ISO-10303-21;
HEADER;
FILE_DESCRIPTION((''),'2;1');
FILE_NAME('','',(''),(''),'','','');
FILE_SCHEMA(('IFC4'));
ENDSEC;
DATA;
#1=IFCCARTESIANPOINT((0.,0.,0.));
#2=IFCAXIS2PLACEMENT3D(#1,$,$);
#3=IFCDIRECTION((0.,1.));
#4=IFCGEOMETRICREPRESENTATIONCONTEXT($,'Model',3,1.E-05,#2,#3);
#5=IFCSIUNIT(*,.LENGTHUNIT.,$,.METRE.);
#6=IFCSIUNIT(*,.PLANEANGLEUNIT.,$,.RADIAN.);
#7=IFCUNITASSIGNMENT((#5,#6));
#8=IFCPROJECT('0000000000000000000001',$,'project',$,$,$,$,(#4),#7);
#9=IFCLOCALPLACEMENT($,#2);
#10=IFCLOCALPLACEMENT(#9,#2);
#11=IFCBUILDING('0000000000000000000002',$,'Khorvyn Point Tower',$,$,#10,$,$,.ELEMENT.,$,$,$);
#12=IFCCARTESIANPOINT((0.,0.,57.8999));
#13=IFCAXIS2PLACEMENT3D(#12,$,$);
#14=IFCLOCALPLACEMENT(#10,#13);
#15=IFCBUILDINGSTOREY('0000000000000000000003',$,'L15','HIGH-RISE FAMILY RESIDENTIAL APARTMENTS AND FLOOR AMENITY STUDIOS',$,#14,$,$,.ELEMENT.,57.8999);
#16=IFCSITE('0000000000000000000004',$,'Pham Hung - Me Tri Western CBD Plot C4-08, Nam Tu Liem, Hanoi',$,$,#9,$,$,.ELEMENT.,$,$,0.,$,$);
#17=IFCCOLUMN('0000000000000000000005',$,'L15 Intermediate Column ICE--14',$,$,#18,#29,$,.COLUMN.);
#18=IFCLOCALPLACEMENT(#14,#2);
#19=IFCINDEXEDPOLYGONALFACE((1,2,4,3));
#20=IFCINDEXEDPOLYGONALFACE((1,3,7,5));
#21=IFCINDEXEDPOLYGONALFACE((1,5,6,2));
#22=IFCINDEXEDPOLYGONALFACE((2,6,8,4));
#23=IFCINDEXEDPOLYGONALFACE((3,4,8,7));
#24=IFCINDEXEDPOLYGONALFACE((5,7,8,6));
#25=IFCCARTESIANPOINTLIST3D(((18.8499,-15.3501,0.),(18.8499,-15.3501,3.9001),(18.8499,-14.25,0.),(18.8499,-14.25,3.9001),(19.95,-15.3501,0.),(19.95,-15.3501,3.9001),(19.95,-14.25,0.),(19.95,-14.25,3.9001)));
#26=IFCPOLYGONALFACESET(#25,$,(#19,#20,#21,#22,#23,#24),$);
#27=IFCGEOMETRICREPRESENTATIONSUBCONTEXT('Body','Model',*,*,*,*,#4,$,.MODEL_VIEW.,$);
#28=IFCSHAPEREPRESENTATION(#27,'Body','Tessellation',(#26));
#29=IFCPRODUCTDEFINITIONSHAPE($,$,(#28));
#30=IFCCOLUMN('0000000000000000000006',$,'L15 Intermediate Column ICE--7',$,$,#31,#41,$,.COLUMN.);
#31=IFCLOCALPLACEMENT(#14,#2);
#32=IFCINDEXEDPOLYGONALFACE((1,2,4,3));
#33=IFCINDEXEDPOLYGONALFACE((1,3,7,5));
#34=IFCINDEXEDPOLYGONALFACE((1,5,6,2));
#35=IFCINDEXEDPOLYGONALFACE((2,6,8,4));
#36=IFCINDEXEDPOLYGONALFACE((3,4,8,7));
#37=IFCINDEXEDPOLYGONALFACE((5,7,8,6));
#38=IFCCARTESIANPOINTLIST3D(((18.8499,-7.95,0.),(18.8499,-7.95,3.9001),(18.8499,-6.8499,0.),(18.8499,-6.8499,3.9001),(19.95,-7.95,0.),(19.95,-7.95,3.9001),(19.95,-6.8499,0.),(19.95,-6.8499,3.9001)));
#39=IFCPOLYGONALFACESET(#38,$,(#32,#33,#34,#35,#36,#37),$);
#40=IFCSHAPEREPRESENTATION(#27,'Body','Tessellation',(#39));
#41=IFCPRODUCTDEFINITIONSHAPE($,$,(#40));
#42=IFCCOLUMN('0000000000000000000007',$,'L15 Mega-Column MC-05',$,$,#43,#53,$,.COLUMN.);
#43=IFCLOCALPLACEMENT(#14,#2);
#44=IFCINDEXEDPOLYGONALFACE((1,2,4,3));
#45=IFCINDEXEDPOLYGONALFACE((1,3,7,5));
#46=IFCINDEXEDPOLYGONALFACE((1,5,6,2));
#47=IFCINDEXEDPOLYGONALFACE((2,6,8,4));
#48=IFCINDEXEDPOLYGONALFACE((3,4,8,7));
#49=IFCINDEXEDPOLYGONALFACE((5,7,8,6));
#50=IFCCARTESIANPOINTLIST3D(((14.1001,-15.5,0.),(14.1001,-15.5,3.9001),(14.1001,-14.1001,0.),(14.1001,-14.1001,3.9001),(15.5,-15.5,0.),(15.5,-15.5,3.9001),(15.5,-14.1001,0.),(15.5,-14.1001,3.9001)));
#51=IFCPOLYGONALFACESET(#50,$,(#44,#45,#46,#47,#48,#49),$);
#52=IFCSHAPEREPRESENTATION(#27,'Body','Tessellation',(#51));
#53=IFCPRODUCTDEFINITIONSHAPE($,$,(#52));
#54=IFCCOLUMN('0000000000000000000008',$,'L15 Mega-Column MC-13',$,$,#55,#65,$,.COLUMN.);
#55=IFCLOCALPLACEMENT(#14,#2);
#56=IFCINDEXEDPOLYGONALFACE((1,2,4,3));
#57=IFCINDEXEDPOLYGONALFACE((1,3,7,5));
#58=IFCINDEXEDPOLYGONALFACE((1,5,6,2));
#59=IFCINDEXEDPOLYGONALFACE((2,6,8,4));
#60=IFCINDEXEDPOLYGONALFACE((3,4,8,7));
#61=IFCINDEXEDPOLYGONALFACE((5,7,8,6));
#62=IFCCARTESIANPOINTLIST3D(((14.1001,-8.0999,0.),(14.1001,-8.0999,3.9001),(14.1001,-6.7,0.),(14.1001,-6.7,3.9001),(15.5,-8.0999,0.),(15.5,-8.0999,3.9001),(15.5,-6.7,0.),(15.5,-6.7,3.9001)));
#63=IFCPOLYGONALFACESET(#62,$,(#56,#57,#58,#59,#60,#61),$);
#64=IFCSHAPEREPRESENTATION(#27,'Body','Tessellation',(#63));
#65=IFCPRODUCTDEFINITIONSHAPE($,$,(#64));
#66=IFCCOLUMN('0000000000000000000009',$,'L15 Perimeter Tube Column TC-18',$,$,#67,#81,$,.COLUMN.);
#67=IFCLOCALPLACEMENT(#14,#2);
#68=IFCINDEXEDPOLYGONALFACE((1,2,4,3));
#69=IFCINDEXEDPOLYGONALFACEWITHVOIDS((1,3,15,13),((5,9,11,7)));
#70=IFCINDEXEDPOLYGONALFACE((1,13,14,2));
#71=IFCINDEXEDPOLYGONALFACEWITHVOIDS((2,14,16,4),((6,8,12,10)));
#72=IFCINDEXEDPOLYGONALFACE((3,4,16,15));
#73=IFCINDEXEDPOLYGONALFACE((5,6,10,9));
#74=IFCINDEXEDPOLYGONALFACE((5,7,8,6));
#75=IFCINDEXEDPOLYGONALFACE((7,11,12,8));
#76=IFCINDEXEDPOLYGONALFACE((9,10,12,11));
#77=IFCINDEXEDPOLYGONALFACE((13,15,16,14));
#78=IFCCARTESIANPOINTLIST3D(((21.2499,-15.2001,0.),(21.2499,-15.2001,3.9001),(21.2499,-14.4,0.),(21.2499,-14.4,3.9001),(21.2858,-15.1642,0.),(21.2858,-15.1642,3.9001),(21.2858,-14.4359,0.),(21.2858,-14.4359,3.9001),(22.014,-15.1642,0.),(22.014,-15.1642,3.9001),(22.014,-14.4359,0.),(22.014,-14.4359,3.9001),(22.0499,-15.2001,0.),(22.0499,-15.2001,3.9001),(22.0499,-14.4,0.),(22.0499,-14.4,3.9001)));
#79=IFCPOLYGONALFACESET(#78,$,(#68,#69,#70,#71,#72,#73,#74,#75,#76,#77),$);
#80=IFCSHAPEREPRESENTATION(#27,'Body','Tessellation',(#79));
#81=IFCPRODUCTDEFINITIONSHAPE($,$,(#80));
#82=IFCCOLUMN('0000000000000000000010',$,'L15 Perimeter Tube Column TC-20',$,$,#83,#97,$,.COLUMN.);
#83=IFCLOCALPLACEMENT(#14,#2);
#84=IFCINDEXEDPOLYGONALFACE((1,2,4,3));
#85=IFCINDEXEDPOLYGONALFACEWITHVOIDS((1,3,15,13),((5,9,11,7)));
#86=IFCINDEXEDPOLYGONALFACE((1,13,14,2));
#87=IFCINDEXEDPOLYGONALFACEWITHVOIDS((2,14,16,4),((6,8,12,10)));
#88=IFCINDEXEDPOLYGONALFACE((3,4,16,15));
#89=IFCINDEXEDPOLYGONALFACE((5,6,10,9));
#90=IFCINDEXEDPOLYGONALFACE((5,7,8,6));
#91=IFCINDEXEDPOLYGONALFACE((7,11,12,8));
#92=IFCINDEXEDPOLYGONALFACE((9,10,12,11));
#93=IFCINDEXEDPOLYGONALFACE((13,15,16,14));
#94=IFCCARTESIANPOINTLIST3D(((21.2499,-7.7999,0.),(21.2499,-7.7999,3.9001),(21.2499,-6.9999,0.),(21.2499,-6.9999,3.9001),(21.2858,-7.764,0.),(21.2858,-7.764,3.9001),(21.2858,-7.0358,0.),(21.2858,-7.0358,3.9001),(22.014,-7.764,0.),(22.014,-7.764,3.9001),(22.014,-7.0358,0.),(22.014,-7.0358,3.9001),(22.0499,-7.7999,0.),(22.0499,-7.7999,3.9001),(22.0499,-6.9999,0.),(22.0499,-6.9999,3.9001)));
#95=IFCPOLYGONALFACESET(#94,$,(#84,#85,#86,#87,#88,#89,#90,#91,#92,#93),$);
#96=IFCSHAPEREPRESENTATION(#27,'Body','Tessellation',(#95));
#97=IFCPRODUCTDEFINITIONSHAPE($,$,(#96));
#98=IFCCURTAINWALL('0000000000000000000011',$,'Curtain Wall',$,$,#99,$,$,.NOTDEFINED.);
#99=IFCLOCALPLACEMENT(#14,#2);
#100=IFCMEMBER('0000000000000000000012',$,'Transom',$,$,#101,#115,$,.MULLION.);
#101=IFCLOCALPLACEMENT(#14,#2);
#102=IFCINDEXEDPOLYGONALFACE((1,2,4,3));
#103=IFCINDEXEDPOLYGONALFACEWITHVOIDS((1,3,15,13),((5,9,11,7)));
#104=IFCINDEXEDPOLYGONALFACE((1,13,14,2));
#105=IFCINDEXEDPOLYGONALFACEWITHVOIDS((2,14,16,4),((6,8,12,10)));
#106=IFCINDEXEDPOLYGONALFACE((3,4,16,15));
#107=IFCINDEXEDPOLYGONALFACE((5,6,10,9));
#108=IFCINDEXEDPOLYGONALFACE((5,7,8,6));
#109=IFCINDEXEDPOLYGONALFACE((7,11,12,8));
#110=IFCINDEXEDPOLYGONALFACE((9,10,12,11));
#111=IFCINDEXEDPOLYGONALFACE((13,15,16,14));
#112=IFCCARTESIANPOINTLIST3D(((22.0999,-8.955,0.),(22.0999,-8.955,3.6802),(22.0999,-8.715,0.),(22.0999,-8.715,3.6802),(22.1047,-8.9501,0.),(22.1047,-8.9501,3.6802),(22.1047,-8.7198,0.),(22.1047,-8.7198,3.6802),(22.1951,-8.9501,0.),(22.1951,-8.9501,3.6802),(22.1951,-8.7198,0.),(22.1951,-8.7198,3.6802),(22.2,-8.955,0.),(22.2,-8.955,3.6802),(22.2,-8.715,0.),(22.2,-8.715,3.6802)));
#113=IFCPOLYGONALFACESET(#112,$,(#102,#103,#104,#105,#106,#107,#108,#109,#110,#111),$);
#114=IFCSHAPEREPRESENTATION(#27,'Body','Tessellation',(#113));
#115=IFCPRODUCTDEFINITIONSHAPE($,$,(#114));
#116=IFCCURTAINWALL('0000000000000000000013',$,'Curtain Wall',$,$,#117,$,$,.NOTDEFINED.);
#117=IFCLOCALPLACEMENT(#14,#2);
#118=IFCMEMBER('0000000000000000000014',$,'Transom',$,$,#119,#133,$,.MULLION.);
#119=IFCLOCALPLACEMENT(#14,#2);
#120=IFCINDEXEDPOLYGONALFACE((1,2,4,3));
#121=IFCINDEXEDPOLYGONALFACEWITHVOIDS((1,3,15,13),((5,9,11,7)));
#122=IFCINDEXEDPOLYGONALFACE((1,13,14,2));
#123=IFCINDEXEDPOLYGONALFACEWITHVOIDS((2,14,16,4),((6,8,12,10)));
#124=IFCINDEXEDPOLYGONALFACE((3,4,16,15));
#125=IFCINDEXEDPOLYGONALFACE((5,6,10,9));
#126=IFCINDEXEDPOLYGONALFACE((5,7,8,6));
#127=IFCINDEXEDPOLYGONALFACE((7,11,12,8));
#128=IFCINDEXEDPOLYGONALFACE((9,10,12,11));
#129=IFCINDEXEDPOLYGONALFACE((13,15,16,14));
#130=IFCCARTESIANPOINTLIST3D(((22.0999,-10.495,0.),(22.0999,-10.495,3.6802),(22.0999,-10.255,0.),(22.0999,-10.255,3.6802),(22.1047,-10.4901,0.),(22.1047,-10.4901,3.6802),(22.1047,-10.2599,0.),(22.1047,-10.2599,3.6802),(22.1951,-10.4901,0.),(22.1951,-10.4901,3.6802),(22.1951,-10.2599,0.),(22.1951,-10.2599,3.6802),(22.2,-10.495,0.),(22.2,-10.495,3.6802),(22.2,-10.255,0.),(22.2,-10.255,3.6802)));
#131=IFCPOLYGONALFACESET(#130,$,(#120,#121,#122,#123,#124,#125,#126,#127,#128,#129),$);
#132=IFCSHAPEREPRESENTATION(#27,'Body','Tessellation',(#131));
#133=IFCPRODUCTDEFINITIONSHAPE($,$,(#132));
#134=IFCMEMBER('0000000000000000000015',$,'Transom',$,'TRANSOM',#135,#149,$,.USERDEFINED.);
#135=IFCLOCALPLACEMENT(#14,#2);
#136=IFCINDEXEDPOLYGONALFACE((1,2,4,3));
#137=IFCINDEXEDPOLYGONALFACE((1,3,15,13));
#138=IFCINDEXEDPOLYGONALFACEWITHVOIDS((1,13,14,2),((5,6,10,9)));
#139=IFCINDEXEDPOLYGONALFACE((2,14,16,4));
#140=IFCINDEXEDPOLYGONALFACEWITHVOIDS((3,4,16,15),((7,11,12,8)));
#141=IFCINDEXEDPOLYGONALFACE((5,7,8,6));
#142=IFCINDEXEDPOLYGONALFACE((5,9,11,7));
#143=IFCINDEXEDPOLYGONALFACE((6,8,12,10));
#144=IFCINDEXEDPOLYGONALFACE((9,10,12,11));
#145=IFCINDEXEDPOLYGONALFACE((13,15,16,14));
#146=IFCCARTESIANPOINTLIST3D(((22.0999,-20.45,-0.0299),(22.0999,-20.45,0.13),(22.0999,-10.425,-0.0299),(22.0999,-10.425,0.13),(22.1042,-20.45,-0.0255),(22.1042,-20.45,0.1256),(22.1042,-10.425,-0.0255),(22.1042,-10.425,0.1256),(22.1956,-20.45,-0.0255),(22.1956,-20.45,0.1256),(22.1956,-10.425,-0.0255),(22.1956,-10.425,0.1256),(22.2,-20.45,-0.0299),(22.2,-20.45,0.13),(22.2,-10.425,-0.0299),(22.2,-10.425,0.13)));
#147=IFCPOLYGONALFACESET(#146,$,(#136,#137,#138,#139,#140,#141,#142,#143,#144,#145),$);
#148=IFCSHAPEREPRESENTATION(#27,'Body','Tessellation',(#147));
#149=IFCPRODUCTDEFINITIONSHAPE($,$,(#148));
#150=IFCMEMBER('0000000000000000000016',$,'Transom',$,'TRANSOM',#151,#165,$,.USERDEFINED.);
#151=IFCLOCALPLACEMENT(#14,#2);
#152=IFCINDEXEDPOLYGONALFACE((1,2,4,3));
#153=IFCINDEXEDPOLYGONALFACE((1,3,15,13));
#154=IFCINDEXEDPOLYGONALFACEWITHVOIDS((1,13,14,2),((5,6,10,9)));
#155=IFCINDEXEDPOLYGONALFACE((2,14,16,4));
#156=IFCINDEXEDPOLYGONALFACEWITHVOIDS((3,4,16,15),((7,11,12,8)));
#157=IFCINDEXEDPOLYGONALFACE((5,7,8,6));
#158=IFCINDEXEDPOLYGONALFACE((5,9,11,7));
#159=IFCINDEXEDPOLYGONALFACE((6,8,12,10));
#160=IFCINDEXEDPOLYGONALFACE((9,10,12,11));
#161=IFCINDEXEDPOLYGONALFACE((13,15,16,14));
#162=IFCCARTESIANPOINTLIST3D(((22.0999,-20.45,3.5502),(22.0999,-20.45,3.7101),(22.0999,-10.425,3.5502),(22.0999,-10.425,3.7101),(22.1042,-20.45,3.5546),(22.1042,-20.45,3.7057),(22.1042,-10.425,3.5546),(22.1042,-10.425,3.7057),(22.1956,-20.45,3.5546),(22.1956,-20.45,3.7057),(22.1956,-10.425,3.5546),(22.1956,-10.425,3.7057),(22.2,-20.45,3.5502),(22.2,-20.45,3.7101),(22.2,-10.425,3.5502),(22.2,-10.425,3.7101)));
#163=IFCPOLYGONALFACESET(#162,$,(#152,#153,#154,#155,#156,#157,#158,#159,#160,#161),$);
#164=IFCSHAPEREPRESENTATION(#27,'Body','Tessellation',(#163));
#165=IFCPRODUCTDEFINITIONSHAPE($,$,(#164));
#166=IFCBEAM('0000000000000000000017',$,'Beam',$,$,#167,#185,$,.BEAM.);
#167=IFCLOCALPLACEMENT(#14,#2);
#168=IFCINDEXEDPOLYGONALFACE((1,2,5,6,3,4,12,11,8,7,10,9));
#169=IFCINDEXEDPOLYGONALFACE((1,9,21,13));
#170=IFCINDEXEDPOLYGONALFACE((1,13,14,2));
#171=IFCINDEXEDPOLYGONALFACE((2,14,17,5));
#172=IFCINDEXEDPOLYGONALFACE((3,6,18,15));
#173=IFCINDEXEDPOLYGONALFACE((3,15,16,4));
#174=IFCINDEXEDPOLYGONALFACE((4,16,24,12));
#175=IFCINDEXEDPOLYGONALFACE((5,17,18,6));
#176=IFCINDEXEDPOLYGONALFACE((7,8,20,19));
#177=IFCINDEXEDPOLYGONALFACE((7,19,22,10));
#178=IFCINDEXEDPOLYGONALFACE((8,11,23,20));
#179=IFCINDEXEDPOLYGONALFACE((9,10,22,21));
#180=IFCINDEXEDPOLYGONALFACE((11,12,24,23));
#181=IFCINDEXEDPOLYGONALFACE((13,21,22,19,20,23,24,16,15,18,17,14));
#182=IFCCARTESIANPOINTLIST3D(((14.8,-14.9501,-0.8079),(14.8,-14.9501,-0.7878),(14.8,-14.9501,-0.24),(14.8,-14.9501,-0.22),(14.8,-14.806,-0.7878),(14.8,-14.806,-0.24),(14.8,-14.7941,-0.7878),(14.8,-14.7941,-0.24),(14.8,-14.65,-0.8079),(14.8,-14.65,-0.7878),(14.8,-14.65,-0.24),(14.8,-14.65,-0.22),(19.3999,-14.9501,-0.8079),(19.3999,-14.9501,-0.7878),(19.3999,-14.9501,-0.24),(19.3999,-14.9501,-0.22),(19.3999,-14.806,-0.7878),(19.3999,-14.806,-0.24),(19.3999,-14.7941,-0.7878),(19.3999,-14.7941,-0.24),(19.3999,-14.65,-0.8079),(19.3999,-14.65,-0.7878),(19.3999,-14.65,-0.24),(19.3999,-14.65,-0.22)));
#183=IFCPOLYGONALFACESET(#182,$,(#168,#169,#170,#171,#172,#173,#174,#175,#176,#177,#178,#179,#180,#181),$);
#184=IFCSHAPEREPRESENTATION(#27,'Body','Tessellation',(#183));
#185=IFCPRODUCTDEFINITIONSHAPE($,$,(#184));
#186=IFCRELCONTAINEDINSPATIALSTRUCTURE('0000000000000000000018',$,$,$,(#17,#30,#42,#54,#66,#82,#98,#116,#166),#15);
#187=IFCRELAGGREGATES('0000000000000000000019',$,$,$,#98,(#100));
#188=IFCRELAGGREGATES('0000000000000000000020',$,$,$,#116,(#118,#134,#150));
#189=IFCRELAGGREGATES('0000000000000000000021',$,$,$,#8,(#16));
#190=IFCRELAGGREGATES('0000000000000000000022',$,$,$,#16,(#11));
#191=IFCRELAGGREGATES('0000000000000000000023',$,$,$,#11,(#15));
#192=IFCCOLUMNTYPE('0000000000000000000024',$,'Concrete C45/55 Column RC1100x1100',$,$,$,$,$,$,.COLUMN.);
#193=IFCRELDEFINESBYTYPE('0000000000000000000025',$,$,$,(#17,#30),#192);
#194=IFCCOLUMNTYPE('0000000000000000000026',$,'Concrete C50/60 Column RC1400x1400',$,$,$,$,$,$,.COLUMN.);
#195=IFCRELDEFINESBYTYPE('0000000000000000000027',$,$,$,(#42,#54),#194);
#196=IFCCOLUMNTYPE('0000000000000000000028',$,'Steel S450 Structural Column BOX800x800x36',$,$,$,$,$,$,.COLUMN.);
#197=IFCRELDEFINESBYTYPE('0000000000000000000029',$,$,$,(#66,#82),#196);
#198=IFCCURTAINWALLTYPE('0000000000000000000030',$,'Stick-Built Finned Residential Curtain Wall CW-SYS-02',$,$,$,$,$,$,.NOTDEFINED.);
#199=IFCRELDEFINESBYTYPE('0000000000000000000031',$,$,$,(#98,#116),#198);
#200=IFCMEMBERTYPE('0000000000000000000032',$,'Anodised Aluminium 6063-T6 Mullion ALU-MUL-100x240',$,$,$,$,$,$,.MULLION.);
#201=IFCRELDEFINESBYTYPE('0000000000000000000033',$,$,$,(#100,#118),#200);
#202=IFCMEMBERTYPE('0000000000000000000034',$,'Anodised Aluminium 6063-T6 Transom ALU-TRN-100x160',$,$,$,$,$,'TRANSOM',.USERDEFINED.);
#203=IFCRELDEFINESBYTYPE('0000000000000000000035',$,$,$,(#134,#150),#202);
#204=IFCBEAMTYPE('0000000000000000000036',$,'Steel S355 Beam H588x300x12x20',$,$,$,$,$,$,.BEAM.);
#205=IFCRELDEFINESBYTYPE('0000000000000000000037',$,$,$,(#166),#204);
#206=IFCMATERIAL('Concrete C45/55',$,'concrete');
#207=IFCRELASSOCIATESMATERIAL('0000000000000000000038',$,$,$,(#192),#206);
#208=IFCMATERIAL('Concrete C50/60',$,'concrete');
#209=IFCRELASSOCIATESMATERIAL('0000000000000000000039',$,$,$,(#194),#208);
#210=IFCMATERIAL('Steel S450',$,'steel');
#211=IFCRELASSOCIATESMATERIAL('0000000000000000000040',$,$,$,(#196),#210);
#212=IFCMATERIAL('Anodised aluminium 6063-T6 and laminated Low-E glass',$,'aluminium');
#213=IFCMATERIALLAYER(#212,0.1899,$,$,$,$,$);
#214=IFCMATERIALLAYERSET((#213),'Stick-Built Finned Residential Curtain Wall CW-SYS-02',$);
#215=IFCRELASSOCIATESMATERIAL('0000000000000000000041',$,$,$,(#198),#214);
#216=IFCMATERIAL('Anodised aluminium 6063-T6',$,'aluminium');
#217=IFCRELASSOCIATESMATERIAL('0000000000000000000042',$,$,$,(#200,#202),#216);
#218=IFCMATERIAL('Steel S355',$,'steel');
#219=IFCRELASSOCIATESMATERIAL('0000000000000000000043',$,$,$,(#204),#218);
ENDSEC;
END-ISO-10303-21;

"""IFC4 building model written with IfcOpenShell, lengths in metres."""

from ifc_helpers import new_model, si_unit, direction, frame, origin, origin_2d, place, context, subcontext, project, spatial, rectangle, hollow_rectangle, i_section, extrude, material, layer, layer_set, material_profile, profile_set, type_object, element, aggregate, save


model = new_model("IFC4")

# Units and contexts
model_context = context("Model", 3, precision=1e-05, world=origin(), true_north=direction((0.0, 1.0)))
body_context = subcontext(model_context, "Body", "Model", "MODEL_VIEW")
ifc_project = project(units=[si_unit("LENGTHUNIT", "METRE"), si_unit("PLANEANGLEUNIT", "RADIAN")], contexts=[model_context])

# Site, building, storey
site_placement = place(None, origin())
site = spatial("IfcSite", under=ifc_project, at=site_placement, Name="Pham Hung - Me Tri Western CBD Plot C4-08, Nam Tu Liem, Hanoi", CompositionType="ELEMENT", RefElevation=0.0)
building_placement = place(site_placement, origin())
building = spatial("IfcBuilding", under=site, at=building_placement, Name="Khorvyn Point Tower", CompositionType="ELEMENT")
storey_placement = place(building_placement, frame((0.0, 0.0, 57.8999)))
storey = spatial("IfcBuildingStorey", under=building, at=storey_placement, Name="L15", Description="HIGH-RISE FAMILY RESIDENTIAL APARTMENTS AND FLOOR AMENITY STUDIOS", CompositionType="ELEMENT", Elevation=57.8999)

# Columns
ifc_material_1 = material(Name="Concrete C45/55", Category="concrete")
ifc_material_profile_1 = material_profile(ifc_material_1, rectangle(XDim=1.1001, YDim=1.1001, at=origin_2d()))
ifc_profile_set_1 = profile_set([ifc_material_profile_1], Name="Concrete C45/55 RC1100x1100")
column_type_1 = type_object("IfcColumnType", Name="Concrete C45/55 Column RC1100x1100", PredefinedType="COLUMN", material=ifc_profile_set_1)
for number, where, z_axis, x_axis, name in (
    (1, (19.3999, -14.8, 0.0), (0.0, 0.0, 1.0), (1.0, 0.0, 0.0), "L15 Intermediate Column ICE--14"),
    (2, (19.3999, -7.3999, 0.0), (0.0, 0.0, 1.0), (1.0, 0.0, 0.0), "L15 Intermediate Column ICE--7"),
):
    element("IfcColumn", number, at=place(storey_placement, frame(where, z_axis=z_axis, x_axis=x_axis)), inside=storey, type_object=column_type_1, Name=name, PredefinedType="COLUMN", context=body_context, shape_type="SweptSolid", body=[
        extrude(rectangle(XDim=1.1001, YDim=1.1001, at=origin_2d()), origin(), (0.0, 0.0, 1.0), 3.9001),
    ])
ifc_material_2 = material(Name="Concrete C50/60", Category="concrete")
ifc_material_profile_2 = material_profile(ifc_material_2, rectangle(XDim=1.3999, YDim=1.3999, at=origin_2d()))
ifc_profile_set_2 = profile_set([ifc_material_profile_2], Name="Concrete C50/60 RC1400x1400")
column_type_2 = type_object("IfcColumnType", Name="Concrete C50/60 Column RC1400x1400", PredefinedType="COLUMN", material=ifc_profile_set_2)
for number, where, z_axis, x_axis, name in (
    (3, (14.8, -14.8, 0.0), (0.0, 0.0, 1.0), (1.0, 0.0, 0.0), "L15 Mega-Column MC-05"),
    (4, (14.8, -7.3999, 0.0), (0.0, 0.0, 1.0), (1.0, 0.0, 0.0), "L15 Mega-Column MC-13"),
):
    element("IfcColumn", number, at=place(storey_placement, frame(where, z_axis=z_axis, x_axis=x_axis)), inside=storey, type_object=column_type_2, Name=name, PredefinedType="COLUMN", context=body_context, shape_type="SweptSolid", body=[
        extrude(rectangle(XDim=1.3999, YDim=1.3999, at=origin_2d()), origin(), (0.0, 0.0, 1.0), 3.9001),
    ])
ifc_material_3 = material(Name="Steel S450", Category="steel")
ifc_material_profile_3 = material_profile(ifc_material_3, hollow_rectangle(XDim=0.8, YDim=0.8, WallThickness=0.0359, at=origin_2d()))
ifc_profile_set_3 = profile_set([ifc_material_profile_3], Name="Steel S450 BOX800x800x36")
column_type_3 = type_object("IfcColumnType", Name="Steel S450 Structural Column BOX800x800x36", PredefinedType="COLUMN", material=ifc_profile_set_3)
for number, where, z_axis, x_axis, name in (
    (5, (21.6499, -14.8, 0.0), (0.0, 0.0, 1.0), (1.0, 0.0, 0.0), "L15 Perimeter Tube Column TC-18"),
    (6, (21.6499, -7.3999, 0.0), (0.0, 0.0, 1.0), (1.0, 0.0, 0.0), "L15 Perimeter Tube Column TC-20"),
):
    element("IfcColumn", number, at=place(storey_placement, frame(where, z_axis=z_axis, x_axis=x_axis)), inside=storey, type_object=column_type_3, Name=name, PredefinedType="COLUMN", context=body_context, shape_type="SweptSolid", body=[
        extrude(hollow_rectangle(XDim=0.8, YDim=0.8, WallThickness=0.0359, at=origin_2d()), origin(), (0.0, 0.0, 1.0), 3.9001),
    ])

# Curtain wall, member
ifc_material_4 = material(Name="Anodised aluminium 6063-T6 and laminated Low-E glass", Category="aluminium")
ifc_layer_1 = layer(ifc_material_4, 0.1899)
ifc_layer_set_1 = layer_set([ifc_layer_1], Name="Stick-Built Finned Residential Curtain Wall CW-SYS-02")
curtain_wall_type = type_object("IfcCurtainWallType", Name="Stick-Built Finned Residential Curtain Wall CW-SYS-02", PredefinedType="NOTDEFINED", material=ifc_layer_set_1)
curtain_wall_1_placement = place(storey_placement, origin())
curtain_wall_1 = element("IfcCurtainWall", 7, at=curtain_wall_1_placement, inside=storey, type_object=curtain_wall_type, Name="Curtain Wall", PredefinedType="NOTDEFINED")
ifc_material_5 = material(Name="Anodised aluminium 6063-T6", Category="aluminium")
ifc_material_profile_4 = material_profile(ifc_material_5, hollow_rectangle(XDim=0.1001, YDim=0.24, WallThickness=0.0049, at=origin_2d()))
ifc_profile_set_4 = profile_set([ifc_material_profile_4], Name="Anodised aluminium 6063-T6 ALU-MUL-100x240")
member_type_1 = type_object("IfcMemberType", Name="Anodised Aluminium 6063-T6 Mullion ALU-MUL-100x240", PredefinedType="MULLION", material=ifc_profile_set_4)
member_1_placement = place(storey_placement, frame((22.1499, -8.835, 0.0), z_axis=(0.0, 0.0, 1.0), x_axis=(1.0, 0.0, 0.0)))
member_1 = element("IfcMember", 8, at=member_1_placement, type_object=member_type_1, Name="Transom", PredefinedType="MULLION", context=body_context, shape_type="SweptSolid", body=[
    extrude(hollow_rectangle(XDim=0.1001, YDim=0.24, WallThickness=0.0049, at=origin_2d()), origin(), (0.0, 0.0, 1.0), 3.6802),
])
aggregate(curtain_wall_1, [member_1])

# Curtain wall, members
curtain_wall_2_placement = place(storey_placement, origin())
curtain_wall_2 = element("IfcCurtainWall", 9, at=curtain_wall_2_placement, inside=storey, type_object=curtain_wall_type, Name="Curtain Wall", PredefinedType="NOTDEFINED")
member_2_placement = place(storey_placement, frame((22.1499, -10.375, 0.0), z_axis=(0.0, 0.0, 1.0), x_axis=(1.0, 0.0, 0.0)))
member_2 = element("IfcMember", 10, at=member_2_placement, type_object=member_type_1, Name="Transom", PredefinedType="MULLION", context=body_context, shape_type="SweptSolid", body=[
    extrude(hollow_rectangle(XDim=0.1001, YDim=0.24, WallThickness=0.0049, at=origin_2d()), origin(), (0.0, 0.0, 1.0), 3.6802),
])
ifc_material_profile_5 = material_profile(ifc_material_5, hollow_rectangle(XDim=0.1001, YDim=0.1599, WallThickness=0.0044, at=origin_2d()))
ifc_profile_set_5 = profile_set([ifc_material_profile_5], Name="Anodised aluminium 6063-T6 ALU-TRN-100x160")
member_type_2 = type_object("IfcMemberType", Name="Anodised Aluminium 6063-T6 Transom ALU-TRN-100x160", ElementType="TRANSOM", PredefinedType="USERDEFINED", material=ifc_profile_set_5)
member_3_placement = place(storey_placement, frame((22.1499, -10.425, 0.05), z_axis=(0.0, -1.0, 0.0), x_axis=(1.0, 0.0, 0.0)))
member_3 = element("IfcMember", 11, at=member_3_placement, type_object=member_type_2, Name="Transom", ObjectType="TRANSOM", PredefinedType="USERDEFINED", context=body_context, shape_type="SweptSolid", body=[
    extrude(hollow_rectangle(XDim=0.1001, YDim=0.1599, WallThickness=0.0044, at=origin_2d()), origin(), (0.0, 0.0, 1.0), 10.0249),
])
member_4_placement = place(storey_placement, frame((22.1499, -10.425, 3.6301), z_axis=(0.0, -1.0, 0.0), x_axis=(1.0, 0.0, 0.0)))
member_4 = element("IfcMember", 12, at=member_4_placement, type_object=member_type_2, Name="Transom", ObjectType="TRANSOM", PredefinedType="USERDEFINED", context=body_context, shape_type="SweptSolid", body=[
    extrude(hollow_rectangle(XDim=0.1001, YDim=0.1599, WallThickness=0.0044, at=origin_2d()), origin(), (0.0, 0.0, 1.0), 10.0249),
])
aggregate(curtain_wall_2, [member_2, member_3, member_4])

# Beam
ifc_material_6 = material(Name="Steel S355", Category="steel")
ifc_material_profile_6 = material_profile(ifc_material_6, i_section(OverallWidth=0.3, OverallDepth=0.5879, WebThickness=0.012, FlangeThickness=0.02, at=origin_2d()))
ifc_profile_set_6 = profile_set([ifc_material_profile_6], Name="Steel S355 H588x300x12x20")
beam_type_1 = type_object("IfcBeamType", Name="Steel S355 Beam H588x300x12x20", PredefinedType="BEAM", material=ifc_profile_set_6)
beam_1_placement = place(storey_placement, frame((14.8, -14.8, -0.5139), z_axis=(1.0, 0.0, 0.0), x_axis=(0.0, 1.0, 0.0)))
element("IfcBeam", 13, at=beam_1_placement, inside=storey, type_object=beam_type_1, Name="Beam", PredefinedType="BEAM", context=body_context, shape_type="SweptSolid", body=[
    extrude(i_section(OverallWidth=0.3, OverallDepth=0.5879, WebThickness=0.012, FlangeThickness=0.02, at=origin_2d()), origin(), (0.0, 0.0, 1.0), 4.5999),
])

save(model, "model.ifc")
